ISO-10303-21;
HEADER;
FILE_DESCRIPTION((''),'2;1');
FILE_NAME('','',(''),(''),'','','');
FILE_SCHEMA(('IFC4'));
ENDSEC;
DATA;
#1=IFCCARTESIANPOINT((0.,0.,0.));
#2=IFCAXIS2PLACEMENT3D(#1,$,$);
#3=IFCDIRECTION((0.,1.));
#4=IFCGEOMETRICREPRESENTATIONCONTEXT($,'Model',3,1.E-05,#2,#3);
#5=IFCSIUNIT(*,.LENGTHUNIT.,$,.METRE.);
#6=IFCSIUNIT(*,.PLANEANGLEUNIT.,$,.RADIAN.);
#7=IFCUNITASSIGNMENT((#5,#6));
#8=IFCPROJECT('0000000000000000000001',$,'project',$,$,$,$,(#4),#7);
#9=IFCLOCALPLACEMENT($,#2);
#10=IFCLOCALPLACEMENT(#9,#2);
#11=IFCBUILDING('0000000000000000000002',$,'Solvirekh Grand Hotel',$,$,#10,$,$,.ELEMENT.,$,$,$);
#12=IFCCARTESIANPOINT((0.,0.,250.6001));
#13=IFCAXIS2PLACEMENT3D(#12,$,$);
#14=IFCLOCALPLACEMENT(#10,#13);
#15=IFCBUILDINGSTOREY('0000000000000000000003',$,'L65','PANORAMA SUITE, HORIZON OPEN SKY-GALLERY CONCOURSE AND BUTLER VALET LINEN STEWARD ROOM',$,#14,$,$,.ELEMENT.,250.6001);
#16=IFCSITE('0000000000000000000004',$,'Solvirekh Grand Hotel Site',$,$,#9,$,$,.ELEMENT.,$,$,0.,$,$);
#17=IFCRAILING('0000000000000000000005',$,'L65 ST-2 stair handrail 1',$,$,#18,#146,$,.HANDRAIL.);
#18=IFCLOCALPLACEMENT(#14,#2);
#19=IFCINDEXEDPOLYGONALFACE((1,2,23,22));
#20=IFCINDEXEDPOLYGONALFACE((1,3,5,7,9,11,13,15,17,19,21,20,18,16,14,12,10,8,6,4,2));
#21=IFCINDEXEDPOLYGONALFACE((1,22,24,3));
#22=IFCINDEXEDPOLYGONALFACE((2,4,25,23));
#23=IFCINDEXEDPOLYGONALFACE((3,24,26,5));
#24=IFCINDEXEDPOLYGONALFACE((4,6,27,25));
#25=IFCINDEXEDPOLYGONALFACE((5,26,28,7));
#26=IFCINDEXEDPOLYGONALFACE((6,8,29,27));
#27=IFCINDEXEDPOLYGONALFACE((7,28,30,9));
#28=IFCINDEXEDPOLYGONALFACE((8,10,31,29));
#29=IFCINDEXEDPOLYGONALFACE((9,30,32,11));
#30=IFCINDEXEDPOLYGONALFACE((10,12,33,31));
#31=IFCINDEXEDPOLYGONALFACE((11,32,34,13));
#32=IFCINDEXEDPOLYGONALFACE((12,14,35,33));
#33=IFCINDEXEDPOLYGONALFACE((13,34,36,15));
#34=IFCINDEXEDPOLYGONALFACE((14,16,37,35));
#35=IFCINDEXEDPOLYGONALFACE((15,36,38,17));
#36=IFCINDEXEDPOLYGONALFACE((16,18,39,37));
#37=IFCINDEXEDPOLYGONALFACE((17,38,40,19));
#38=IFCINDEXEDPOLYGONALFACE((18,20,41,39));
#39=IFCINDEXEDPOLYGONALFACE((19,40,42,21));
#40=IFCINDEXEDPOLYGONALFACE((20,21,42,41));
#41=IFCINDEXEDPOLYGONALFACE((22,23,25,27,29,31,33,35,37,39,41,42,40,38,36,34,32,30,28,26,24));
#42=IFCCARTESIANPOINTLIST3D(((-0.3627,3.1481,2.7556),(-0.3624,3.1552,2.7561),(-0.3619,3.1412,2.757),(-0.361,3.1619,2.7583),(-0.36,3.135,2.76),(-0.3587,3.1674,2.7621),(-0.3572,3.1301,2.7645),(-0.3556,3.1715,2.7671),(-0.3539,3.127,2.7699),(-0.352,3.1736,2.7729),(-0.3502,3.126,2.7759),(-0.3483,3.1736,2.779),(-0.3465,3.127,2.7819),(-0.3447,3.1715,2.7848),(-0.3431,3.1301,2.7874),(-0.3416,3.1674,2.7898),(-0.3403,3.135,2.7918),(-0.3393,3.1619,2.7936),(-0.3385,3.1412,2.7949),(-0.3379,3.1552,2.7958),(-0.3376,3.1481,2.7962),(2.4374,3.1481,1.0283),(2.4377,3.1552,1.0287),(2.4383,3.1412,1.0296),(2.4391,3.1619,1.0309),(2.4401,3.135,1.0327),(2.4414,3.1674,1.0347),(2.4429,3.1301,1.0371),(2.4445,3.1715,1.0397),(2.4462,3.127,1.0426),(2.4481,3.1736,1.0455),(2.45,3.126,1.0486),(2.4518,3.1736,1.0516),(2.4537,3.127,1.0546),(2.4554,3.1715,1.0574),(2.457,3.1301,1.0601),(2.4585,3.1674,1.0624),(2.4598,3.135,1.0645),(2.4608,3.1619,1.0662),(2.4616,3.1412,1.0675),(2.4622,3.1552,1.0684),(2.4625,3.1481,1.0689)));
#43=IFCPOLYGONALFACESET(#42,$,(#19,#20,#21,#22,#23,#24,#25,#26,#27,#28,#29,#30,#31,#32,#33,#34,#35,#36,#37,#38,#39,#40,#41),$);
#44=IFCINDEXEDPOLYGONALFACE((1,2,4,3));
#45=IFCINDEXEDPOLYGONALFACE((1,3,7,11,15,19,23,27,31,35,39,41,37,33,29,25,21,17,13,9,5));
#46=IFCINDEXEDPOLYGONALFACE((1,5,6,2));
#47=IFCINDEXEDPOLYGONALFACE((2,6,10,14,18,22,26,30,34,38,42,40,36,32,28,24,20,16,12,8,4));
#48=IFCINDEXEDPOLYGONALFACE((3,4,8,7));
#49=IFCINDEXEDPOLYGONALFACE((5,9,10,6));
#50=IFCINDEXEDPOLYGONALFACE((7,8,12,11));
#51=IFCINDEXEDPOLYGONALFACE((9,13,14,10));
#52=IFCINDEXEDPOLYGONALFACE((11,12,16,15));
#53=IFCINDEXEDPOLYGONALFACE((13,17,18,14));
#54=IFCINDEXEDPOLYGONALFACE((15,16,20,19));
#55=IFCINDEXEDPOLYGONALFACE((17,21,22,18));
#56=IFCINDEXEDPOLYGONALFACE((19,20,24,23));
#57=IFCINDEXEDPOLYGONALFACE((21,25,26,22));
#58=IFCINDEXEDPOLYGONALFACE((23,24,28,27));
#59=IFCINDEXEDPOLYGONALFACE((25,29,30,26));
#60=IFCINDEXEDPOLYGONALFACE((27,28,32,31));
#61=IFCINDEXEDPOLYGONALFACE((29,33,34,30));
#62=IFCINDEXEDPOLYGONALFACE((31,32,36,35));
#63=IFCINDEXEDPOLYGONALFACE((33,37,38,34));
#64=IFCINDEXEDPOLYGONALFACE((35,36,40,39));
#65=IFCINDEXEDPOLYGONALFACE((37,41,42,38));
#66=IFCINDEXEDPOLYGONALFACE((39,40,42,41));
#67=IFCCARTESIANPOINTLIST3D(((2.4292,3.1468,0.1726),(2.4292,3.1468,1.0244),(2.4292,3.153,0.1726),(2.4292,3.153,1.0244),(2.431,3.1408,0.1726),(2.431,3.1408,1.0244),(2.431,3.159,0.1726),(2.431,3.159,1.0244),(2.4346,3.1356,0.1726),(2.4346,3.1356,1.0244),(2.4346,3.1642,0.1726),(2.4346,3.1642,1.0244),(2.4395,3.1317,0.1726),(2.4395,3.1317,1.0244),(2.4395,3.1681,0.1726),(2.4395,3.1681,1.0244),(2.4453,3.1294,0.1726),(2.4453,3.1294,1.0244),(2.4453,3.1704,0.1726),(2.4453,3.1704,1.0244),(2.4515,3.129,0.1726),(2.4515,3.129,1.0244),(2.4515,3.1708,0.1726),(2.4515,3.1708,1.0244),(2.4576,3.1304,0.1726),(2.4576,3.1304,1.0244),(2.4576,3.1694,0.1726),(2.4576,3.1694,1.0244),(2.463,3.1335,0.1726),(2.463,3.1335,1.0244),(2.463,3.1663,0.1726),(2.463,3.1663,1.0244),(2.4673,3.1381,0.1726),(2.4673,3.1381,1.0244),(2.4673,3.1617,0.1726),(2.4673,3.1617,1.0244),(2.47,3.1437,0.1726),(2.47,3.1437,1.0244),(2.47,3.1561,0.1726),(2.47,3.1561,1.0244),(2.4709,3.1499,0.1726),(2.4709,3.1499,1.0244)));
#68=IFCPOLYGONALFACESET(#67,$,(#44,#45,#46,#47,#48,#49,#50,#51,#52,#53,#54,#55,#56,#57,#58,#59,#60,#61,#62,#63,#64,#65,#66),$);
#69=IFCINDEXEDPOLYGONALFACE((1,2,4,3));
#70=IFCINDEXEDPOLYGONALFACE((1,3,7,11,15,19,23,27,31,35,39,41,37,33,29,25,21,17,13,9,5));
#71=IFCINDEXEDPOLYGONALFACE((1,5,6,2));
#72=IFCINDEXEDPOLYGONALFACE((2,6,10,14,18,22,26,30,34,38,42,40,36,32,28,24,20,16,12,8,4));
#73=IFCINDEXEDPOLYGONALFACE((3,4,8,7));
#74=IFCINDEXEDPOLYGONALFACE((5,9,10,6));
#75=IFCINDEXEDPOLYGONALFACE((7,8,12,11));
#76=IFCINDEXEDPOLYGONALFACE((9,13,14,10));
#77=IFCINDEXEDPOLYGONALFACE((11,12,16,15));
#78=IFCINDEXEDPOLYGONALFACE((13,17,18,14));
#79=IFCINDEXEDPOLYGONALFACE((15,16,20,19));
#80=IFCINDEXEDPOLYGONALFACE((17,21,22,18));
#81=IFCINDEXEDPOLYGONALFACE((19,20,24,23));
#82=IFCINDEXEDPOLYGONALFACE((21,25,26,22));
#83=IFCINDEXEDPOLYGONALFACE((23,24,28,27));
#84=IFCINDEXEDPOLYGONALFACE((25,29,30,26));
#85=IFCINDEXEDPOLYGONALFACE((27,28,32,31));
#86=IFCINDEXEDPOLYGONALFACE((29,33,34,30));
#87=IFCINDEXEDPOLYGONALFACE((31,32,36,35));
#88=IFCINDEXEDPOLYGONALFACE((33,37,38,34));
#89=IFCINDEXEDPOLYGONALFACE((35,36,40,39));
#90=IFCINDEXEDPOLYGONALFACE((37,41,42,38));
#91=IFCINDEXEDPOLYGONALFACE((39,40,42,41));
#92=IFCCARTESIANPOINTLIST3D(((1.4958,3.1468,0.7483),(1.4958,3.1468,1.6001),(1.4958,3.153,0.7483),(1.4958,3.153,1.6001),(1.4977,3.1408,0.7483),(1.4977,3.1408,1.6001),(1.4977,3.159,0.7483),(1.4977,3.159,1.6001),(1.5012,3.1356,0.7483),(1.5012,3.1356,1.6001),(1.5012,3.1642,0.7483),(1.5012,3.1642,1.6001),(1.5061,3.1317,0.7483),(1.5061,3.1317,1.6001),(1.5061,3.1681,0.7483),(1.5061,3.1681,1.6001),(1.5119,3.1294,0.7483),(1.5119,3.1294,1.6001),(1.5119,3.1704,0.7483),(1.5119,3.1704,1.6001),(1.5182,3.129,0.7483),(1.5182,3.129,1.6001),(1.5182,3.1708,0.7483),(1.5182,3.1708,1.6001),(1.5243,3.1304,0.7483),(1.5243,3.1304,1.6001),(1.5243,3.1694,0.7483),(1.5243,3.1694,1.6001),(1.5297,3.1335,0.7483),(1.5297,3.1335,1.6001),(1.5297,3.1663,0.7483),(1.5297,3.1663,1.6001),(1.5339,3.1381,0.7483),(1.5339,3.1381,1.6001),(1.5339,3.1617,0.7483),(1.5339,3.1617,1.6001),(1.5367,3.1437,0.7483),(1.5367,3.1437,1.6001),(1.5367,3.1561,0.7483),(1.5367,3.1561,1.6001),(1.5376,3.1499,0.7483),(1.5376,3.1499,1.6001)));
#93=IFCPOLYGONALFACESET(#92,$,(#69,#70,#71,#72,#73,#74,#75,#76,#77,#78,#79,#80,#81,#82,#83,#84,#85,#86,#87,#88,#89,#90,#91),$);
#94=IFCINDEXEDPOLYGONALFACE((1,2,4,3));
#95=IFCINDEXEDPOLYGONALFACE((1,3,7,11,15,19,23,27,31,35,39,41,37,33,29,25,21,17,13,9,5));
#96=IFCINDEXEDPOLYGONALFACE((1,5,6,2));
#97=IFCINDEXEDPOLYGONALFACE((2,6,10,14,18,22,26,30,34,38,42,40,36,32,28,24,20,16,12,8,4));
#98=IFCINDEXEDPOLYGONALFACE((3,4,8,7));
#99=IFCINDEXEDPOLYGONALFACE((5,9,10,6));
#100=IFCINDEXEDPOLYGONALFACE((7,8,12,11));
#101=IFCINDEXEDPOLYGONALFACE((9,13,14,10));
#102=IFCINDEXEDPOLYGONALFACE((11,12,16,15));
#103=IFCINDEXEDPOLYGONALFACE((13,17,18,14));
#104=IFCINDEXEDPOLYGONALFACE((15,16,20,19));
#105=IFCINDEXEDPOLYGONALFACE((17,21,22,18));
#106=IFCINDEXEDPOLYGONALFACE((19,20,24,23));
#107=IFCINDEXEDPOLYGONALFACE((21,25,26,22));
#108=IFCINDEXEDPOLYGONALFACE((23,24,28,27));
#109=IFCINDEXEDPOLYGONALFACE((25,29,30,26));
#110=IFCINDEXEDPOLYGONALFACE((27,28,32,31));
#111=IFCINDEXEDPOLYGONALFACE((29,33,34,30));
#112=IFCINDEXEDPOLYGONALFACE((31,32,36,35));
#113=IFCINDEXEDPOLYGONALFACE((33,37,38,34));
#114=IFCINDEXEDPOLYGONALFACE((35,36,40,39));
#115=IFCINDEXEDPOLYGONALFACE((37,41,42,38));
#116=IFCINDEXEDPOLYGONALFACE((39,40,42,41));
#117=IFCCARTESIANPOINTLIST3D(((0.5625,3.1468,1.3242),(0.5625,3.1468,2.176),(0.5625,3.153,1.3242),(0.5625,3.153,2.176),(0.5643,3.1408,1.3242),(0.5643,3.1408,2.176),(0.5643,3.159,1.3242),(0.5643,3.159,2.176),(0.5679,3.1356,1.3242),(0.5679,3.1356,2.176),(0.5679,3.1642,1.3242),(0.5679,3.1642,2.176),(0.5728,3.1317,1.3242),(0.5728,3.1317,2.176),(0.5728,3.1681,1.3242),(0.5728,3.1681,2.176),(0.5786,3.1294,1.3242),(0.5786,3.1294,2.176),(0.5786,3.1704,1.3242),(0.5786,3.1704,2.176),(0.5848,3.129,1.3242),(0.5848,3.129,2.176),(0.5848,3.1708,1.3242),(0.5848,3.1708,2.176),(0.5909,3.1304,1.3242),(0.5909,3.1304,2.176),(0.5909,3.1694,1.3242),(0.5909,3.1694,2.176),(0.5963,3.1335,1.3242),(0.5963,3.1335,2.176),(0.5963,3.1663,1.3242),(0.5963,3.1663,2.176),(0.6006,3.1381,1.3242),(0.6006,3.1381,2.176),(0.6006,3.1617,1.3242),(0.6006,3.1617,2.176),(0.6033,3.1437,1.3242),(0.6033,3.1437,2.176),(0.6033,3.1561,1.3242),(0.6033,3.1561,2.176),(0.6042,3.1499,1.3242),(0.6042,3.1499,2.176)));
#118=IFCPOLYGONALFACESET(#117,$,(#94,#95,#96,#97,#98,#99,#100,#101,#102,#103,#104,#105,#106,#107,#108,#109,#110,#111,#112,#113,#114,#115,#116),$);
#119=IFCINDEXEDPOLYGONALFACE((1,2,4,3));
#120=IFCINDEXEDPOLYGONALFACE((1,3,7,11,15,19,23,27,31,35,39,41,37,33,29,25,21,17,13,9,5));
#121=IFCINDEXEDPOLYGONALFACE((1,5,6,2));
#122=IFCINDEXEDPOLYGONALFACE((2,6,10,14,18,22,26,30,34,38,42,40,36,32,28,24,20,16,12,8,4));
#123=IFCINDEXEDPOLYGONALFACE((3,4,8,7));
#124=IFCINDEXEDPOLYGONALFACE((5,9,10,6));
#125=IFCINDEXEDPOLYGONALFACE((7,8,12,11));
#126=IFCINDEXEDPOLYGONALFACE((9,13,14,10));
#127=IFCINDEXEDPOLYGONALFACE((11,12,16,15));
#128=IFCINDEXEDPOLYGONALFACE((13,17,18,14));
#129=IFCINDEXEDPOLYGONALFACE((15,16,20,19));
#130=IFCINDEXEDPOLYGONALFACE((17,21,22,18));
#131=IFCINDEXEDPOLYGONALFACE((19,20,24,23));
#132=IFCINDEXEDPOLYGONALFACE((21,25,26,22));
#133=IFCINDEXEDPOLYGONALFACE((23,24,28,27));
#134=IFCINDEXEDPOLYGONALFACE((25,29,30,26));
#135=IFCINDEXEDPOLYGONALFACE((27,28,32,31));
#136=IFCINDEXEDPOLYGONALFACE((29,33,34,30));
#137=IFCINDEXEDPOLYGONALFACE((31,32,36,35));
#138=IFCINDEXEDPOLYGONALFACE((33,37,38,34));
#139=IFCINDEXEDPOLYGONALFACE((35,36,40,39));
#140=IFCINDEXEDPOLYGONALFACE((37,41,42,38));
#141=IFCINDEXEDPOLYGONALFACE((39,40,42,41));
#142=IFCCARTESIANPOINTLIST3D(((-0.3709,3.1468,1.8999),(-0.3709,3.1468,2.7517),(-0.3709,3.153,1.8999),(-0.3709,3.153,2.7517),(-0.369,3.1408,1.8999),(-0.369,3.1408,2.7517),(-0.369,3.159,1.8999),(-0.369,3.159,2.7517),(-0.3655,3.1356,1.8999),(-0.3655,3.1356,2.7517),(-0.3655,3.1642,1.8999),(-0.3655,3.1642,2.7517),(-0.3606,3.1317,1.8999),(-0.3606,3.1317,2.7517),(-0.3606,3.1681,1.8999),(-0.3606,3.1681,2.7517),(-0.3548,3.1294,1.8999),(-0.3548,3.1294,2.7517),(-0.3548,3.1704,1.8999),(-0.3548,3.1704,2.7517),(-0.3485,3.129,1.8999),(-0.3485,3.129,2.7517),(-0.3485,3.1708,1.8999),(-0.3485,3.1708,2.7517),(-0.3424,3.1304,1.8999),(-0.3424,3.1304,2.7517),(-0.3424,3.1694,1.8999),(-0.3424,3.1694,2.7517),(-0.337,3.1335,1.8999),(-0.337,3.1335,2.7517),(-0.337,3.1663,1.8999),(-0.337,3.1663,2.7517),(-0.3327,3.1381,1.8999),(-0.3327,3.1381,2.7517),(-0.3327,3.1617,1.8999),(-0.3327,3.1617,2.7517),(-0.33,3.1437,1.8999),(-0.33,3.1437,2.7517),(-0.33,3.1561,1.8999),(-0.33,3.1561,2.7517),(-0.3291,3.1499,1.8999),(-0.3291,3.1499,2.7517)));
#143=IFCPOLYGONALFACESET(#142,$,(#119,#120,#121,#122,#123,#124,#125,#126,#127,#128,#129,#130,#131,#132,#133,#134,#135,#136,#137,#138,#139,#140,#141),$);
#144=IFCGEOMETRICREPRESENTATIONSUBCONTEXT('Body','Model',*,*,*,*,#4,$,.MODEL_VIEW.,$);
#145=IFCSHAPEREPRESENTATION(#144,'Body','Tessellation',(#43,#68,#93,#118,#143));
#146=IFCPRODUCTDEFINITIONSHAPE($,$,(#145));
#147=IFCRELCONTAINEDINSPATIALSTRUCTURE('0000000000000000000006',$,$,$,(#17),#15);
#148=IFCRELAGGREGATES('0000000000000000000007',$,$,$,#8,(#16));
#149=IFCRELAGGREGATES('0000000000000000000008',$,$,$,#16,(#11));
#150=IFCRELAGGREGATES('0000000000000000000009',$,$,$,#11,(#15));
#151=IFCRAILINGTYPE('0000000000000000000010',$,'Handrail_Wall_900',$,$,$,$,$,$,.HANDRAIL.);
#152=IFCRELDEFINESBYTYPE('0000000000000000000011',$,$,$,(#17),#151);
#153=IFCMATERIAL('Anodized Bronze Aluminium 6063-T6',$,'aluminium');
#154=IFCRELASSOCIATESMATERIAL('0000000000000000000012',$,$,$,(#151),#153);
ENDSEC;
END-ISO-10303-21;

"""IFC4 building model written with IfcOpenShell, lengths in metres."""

from ifc_helpers import new_model, si_unit, direction, frame, origin, origin_2d, place, context, subcontext, project, spatial, circle, extrude, material, type_object, element, save


model = new_model("IFC4")

# Units and contexts
model_context = context("Model", 3, precision=1e-05, world=origin(), true_north=direction((0.0, 1.0)))
body_context = subcontext(model_context, "Body", "Model", "MODEL_VIEW")
ifc_project = project(units=[si_unit("LENGTHUNIT", "METRE"), si_unit("PLANEANGLEUNIT", "RADIAN")], contexts=[model_context])

# Site, building, storey
site_placement = place(None, origin())
site = spatial("IfcSite", under=ifc_project, at=site_placement, Name="Solvirekh Grand Hotel Site", CompositionType="ELEMENT", RefElevation=0.0)
building_placement = place(site_placement, origin())
building = spatial("IfcBuilding", under=site, at=building_placement, Name="Solvirekh Grand Hotel", CompositionType="ELEMENT")
storey_placement = place(building_placement, frame((0.0, 0.0, 250.6001)))
storey = spatial("IfcBuildingStorey", under=building, at=storey_placement, Name="L65", Description="PANORAMA SUITE, HORIZON OPEN SKY-GALLERY CONCOURSE AND BUTLER VALET LINEN STEWARD ROOM", CompositionType="ELEMENT", Elevation=250.6001)

# Railing
ifc_material_1 = material(Name="Anodized Bronze Aluminium 6063-T6", Category="aluminium")
railing_type_1 = type_object("IfcRailingType", Name="Handrail_Wall_900", PredefinedType="HANDRAIL", material=ifc_material_1)
railing_1_placement = place(storey_placement, frame((2.45, 3.1499, 0.1726)))
element("IfcRailing", 1, at=railing_1_placement, inside=storey, type_object=railing_type_1, Name="L65 ST-2 stair handrail 1", PredefinedType="HANDRAIL", context=body_context, shape_type="SweptSolid", body=[
    extrude(circle(Radius=0.0239, at=origin_2d()), frame((0.0, 0.0, 0.876), z_axis=(-0.85109, 0.0, 0.52502), x_axis=(0.0, -1.0, 0.0)), (0.0, 0.0, 1.0), 3.29),
    extrude(circle(Radius=0.021, at=origin_2d()), origin(), (0.0, 0.0, 1.0), 0.8518),
    extrude(circle(Radius=0.021, at=origin_2d()), frame((-0.9333, 0.0, 0.5757)), (0.0, 0.0, 1.0), 0.8518),
    extrude(circle(Radius=0.021, at=origin_2d()), frame((-1.8667, 0.0, 1.1516)), (0.0, 0.0, 1.0), 0.8518),
    extrude(circle(Radius=0.021, at=origin_2d()), frame((-2.8, 0.0, 1.7273)), (0.0, 0.0, 1.0), 0.8518),
])

save(model, "model.ifc")
